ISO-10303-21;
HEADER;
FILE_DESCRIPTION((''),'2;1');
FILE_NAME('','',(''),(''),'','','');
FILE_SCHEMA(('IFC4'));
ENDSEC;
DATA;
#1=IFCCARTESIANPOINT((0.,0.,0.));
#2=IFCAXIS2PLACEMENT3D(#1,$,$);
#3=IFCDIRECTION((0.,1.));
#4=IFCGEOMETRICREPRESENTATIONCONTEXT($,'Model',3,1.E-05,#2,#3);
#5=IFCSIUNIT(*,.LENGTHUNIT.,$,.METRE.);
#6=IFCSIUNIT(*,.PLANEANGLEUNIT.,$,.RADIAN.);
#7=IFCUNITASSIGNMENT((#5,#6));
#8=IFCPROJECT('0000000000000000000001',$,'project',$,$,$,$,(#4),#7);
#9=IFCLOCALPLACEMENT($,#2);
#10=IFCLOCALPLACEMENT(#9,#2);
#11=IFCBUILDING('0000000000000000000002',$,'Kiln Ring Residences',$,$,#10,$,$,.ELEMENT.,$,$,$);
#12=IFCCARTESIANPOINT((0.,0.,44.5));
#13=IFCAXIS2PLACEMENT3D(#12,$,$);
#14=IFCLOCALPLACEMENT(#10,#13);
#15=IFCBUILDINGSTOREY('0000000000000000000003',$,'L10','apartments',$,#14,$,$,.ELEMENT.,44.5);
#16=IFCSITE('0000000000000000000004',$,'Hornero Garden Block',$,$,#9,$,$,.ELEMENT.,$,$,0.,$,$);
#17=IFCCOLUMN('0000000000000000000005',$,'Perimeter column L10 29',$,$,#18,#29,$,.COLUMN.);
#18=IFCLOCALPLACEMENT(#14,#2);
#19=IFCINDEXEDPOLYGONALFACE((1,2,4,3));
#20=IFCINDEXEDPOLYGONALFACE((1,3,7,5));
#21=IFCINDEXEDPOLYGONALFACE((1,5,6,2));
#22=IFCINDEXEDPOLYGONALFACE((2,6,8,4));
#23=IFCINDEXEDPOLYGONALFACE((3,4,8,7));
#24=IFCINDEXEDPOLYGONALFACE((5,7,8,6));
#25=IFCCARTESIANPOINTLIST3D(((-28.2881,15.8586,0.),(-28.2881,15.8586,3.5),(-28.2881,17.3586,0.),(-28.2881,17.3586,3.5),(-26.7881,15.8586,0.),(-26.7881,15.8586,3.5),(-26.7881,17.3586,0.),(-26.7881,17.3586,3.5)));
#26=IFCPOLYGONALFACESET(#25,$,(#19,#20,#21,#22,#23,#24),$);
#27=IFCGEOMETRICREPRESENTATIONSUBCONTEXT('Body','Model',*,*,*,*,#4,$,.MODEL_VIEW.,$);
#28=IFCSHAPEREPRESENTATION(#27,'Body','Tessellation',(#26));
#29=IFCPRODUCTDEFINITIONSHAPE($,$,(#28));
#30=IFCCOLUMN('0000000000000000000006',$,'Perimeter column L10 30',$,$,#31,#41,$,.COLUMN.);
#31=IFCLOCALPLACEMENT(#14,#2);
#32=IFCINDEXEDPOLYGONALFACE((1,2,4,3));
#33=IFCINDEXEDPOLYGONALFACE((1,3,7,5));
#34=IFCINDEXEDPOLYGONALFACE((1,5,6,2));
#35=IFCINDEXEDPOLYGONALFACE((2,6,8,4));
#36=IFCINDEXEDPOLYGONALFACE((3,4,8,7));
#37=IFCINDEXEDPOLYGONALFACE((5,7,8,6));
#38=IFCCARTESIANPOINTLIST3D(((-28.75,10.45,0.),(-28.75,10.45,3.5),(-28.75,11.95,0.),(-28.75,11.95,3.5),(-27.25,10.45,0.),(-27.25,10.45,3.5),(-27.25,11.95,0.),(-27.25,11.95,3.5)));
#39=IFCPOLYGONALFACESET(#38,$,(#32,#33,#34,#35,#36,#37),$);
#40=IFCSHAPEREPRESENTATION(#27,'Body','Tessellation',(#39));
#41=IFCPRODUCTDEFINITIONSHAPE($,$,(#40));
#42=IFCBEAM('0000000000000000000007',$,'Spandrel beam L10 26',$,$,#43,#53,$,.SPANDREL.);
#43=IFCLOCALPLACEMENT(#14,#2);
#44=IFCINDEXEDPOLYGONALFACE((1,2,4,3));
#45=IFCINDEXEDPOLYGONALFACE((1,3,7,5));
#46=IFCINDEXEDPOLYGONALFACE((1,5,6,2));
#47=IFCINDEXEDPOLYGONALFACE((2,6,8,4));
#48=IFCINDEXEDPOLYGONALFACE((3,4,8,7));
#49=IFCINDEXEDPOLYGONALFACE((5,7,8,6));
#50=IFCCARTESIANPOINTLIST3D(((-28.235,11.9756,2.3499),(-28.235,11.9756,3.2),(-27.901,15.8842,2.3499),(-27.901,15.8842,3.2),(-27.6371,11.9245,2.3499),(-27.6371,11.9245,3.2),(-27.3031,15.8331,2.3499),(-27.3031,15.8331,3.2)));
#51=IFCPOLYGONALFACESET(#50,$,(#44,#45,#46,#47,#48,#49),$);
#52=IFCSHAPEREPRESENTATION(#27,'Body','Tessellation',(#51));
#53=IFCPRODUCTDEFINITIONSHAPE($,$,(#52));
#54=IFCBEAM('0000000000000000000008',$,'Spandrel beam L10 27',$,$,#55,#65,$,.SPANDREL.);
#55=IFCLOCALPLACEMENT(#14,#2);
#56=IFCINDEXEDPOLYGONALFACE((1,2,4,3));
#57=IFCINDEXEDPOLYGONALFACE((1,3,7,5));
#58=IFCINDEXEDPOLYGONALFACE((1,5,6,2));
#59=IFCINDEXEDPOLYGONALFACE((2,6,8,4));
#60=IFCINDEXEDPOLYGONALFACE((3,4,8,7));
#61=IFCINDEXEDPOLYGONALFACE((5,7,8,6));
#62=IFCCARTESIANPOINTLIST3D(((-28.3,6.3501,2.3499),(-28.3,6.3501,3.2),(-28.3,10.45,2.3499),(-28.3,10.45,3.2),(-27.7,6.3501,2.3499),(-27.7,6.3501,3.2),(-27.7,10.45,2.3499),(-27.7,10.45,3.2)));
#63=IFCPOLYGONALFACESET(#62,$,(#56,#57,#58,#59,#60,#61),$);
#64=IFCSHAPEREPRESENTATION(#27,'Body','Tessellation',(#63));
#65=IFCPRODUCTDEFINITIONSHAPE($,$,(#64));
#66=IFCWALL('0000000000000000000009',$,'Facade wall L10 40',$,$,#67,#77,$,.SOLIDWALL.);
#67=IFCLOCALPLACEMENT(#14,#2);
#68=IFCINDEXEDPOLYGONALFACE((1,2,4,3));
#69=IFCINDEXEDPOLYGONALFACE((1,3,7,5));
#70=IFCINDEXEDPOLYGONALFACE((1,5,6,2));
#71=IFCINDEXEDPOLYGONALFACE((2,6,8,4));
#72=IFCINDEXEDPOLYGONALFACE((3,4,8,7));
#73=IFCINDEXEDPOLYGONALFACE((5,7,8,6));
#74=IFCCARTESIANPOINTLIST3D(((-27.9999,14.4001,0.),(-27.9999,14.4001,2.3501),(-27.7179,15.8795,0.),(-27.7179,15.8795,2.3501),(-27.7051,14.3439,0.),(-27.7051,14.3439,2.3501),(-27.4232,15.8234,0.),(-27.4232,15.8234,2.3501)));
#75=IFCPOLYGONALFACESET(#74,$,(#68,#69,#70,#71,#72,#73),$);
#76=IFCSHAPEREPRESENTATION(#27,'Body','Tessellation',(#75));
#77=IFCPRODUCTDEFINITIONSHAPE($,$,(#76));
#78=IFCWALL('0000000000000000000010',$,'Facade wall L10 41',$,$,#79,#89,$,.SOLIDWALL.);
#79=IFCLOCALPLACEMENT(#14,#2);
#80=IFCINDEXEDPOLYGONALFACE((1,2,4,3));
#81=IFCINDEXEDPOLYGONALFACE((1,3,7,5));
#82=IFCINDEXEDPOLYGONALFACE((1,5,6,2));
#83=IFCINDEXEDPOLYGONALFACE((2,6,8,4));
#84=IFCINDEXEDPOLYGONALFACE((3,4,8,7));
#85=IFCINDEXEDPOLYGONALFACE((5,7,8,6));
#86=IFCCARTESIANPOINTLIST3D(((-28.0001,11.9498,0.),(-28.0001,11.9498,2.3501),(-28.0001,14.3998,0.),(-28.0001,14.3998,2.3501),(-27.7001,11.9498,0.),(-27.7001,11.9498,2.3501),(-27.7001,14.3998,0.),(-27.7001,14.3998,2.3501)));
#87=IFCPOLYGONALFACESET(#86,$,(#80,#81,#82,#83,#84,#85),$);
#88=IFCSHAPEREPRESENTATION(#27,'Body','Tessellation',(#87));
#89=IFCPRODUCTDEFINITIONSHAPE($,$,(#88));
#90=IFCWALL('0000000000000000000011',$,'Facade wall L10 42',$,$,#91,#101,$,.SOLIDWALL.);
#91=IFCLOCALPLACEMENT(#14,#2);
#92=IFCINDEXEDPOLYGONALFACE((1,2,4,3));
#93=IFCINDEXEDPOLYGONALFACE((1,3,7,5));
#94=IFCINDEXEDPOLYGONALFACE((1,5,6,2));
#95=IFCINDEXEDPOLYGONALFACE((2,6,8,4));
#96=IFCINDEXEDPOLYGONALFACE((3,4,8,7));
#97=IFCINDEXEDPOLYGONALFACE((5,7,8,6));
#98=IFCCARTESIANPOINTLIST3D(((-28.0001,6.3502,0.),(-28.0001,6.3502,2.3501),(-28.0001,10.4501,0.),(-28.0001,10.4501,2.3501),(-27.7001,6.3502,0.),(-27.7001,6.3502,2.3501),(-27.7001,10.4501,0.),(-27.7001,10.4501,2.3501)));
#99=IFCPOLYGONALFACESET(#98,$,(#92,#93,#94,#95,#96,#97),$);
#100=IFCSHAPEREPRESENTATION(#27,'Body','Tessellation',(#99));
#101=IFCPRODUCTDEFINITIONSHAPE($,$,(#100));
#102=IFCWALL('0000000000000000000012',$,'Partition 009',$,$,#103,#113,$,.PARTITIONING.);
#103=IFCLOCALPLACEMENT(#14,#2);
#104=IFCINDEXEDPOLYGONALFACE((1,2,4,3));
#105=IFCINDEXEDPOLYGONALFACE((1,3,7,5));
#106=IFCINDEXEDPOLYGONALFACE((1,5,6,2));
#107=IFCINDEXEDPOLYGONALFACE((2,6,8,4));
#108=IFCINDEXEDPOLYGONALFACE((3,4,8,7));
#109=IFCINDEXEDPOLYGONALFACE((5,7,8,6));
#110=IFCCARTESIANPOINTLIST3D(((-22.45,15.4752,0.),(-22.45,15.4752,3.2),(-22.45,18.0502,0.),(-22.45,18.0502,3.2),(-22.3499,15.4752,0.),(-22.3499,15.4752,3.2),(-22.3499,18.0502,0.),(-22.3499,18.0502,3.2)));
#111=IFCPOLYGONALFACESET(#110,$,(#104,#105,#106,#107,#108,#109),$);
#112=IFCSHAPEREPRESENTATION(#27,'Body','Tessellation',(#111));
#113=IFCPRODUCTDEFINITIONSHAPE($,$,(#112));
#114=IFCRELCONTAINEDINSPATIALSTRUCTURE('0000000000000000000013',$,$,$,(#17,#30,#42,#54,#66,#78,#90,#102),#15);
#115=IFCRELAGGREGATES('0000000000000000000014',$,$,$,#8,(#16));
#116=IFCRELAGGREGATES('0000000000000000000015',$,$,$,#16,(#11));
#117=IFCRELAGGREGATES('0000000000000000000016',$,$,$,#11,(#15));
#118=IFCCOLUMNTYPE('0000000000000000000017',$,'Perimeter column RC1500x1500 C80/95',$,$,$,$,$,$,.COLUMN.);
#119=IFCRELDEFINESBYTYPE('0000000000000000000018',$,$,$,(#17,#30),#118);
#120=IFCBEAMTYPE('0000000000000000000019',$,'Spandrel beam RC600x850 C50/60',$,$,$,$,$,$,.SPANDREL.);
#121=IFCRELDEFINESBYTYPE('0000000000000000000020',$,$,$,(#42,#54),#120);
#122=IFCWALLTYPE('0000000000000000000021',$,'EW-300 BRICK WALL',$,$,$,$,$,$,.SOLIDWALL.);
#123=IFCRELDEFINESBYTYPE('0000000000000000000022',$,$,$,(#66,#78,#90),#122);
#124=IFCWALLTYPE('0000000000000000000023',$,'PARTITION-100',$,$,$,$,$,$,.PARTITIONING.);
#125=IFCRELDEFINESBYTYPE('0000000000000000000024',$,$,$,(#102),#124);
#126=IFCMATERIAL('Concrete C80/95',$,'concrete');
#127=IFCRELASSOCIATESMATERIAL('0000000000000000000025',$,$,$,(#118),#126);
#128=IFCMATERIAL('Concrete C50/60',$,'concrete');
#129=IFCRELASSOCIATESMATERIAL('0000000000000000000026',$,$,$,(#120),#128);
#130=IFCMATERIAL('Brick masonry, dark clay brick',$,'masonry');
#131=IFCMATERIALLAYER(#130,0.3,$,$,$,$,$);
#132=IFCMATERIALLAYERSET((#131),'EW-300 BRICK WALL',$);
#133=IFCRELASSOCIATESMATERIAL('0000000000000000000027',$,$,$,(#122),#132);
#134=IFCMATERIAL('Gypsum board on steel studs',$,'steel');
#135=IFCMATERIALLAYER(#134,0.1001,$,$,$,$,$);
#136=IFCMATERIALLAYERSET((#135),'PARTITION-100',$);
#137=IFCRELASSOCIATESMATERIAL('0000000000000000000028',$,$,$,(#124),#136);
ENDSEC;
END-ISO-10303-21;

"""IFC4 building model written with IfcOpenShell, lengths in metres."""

from ifc_helpers import new_model, si_unit, direction, frame, frame_2d, origin, origin_2d, place, context, subcontext, project, spatial, rectangle, extrude, material, layer, layer_set, material_profile, profile_set, type_object, element, save


model = new_model("IFC4")

# Units and contexts
model_context = context("Model", 3, precision=1e-05, world=origin(), true_north=direction((0.0, 1.0)))
body_context = subcontext(model_context, "Body", "Model", "MODEL_VIEW")
ifc_project = project(units=[si_unit("LENGTHUNIT", "METRE"), si_unit("PLANEANGLEUNIT", "RADIAN")], contexts=[model_context])

# Site, building, storey
site_placement = place(None, origin())
site = spatial("IfcSite", under=ifc_project, at=site_placement, Name="Hornero Garden Block", CompositionType="ELEMENT", RefElevation=0.0)
building_placement = place(site_placement, origin())
building = spatial("IfcBuilding", under=site, at=building_placement, Name="Kiln Ring Residences", CompositionType="ELEMENT")
storey_placement = place(building_placement, frame((0.0, 0.0, 44.5)))
storey = spatial("IfcBuildingStorey", under=building, at=storey_placement, Name="L10", Description="apartments", CompositionType="ELEMENT", Elevation=44.5)

# Columns
ifc_material_1 = material(Name="Concrete C80/95", Category="concrete")
ifc_material_profile_1 = material_profile(ifc_material_1, rectangle(XDim=1.5, YDim=1.5, at=origin_2d()), Name="RC1500x1500")
ifc_profile_set_1 = profile_set([ifc_material_profile_1], Name="Concrete C80/95")
column_type = type_object("IfcColumnType", Name="Perimeter column RC1500x1500 C80/95", PredefinedType="COLUMN", material=ifc_profile_set_1)
for number, where, z_axis, x_axis, name in (
    (1, (-27.5381, 16.6086, 0.0), (0.0, 0.0, 1.0), (1.0, 0.0, 0.0), "Perimeter column L10 29"),
    (2, (-28.0, 11.2, 0.0), (0.0, 0.0, 1.0), (1.0, 0.0, 0.0), "Perimeter column L10 30"),
):
    element("IfcColumn", number, at=place(storey_placement, frame(where, z_axis=z_axis, x_axis=x_axis)), inside=storey, type_object=column_type, Name=name, PredefinedType="COLUMN", context=body_context, shape_type="SweptSolid", body=[
        extrude(rectangle(XDim=1.5, YDim=1.5, at=origin_2d()), origin(), (0.0, 0.0, 1.0), 3.5),
    ])

# Beams
ifc_material_2 = material(Name="Concrete C50/60", Category="concrete")
ifc_material_profile_2 = material_profile(ifc_material_2, rectangle(XDim=0.6001, YDim=0.8501, at=origin_2d()), Name="RC600x850")
ifc_profile_set_2 = profile_set([ifc_material_profile_2], Name="Concrete C50/60")
beam_type = type_object("IfcBeamType", Name="Spandrel beam RC600x850 C50/60", PredefinedType="SPANDREL", material=ifc_profile_set_2)
beam_1_placement = place(storey_placement, frame((-27.6021, 15.8586, 2.7749), z_axis=(-0.085136, -0.996369, 0.0), x_axis=(0.996369, -0.085136, 0.0)))
element("IfcBeam", 3, at=beam_1_placement, inside=storey, type_object=beam_type, Name="Spandrel beam L10 26", PredefinedType="SPANDREL", context=body_context, shape_type="SweptSolid", body=[
    extrude(rectangle(XDim=0.6001, YDim=0.8501, at=origin_2d()), origin(), (0.0, 0.0, 1.0), 3.9229),
])
beam_2_placement = place(storey_placement, frame((-28.0, 10.45, 2.7749), z_axis=(0.0, -1.0, 0.0), x_axis=(1.0, 0.0, 0.0)))
element("IfcBeam", 4, at=beam_2_placement, inside=storey, type_object=beam_type, Name="Spandrel beam L10 27", PredefinedType="SPANDREL", context=body_context, shape_type="SweptSolid", body=[
    extrude(rectangle(XDim=0.6001, YDim=0.8501, at=origin_2d()), origin(), (0.0, 0.0, 1.0), 4.0999),
])

# Walls
ifc_material_3 = material(Name="Brick masonry, dark clay brick", Category="masonry")
ifc_layer_1 = layer(ifc_material_3, 0.3)
ifc_layer_set_1 = layer_set([ifc_layer_1], Name="EW-300 BRICK WALL")
wall_type_1 = type_object("IfcWallType", Name="EW-300 BRICK WALL", PredefinedType="SOLIDWALL", material=ifc_layer_set_1)
wall_1_placement = place(storey_placement, frame((-27.5706, 15.8513, 0.0), z_axis=(0.0, 0.0, 1.0), x_axis=(-0.187224, -0.982317, 0.0)))
element("IfcWall", 5, at=wall_1_placement, inside=storey, type_object=wall_type_1, Name="Facade wall L10 40", PredefinedType="SOLIDWALL", context=body_context, shape_type="SweptSolid", body=[
    extrude(rectangle(XDim=1.5061, YDim=0.3, at=frame_2d((0.7529, 0.0))), origin(), (0.0, 0.0, 1.0), 2.3501),
])
wall_2_placement = place(storey_placement, frame((-27.8501, 14.3999, 0.0), z_axis=(0.0, 0.0, 1.0), x_axis=(0.0, -1.0, 0.0)))
element("IfcWall", 6, at=wall_2_placement, inside=storey, type_object=wall_type_1, Name="Facade wall L10 41", PredefinedType="SOLIDWALL", context=body_context, shape_type="SweptSolid", body=[
    extrude(rectangle(XDim=2.45, YDim=0.3, at=frame_2d((1.2251, 0.0))), origin(), (0.0, 0.0, 1.0), 2.3501),
])
wall_3_placement = place(storey_placement, frame((-27.8501, 10.45, 0.0), z_axis=(0.0, 0.0, 1.0), x_axis=(0.0, -1.0, 0.0)))
element("IfcWall", 7, at=wall_3_placement, inside=storey, type_object=wall_type_1, Name="Facade wall L10 42", PredefinedType="SOLIDWALL", context=body_context, shape_type="SweptSolid", body=[
    extrude(rectangle(XDim=4.0999, YDim=0.3, at=frame_2d((2.0498, 0.0))), origin(), (0.0, 0.0, 1.0), 2.3501),
])
ifc_material_4 = material(Name="Gypsum board on steel studs", Category="steel")
ifc_layer_2 = layer(ifc_material_4, 0.1001)
ifc_layer_set_2 = layer_set([ifc_layer_2], Name="PARTITION-100")
wall_type_2 = type_object("IfcWallType", Name="PARTITION-100", PredefinedType="PARTITIONING", material=ifc_layer_set_2)
wall_4_placement = place(storey_placement, frame((-22.3999, 15.4751, 0.0), z_axis=(0.0, 0.0, 1.0), x_axis=(0.0, 1.0, 0.0)))
element("IfcWall", 8, at=wall_4_placement, inside=storey, type_object=wall_type_2, Name="Partition 009", PredefinedType="PARTITIONING", context=body_context, shape_type="SweptSolid", body=[
    extrude(rectangle(XDim=2.575, YDim=0.1001, at=frame_2d((1.2876, 0.0))), origin(), (0.0, 0.0, 1.0), 3.2),
])

save(model, "model.ifc")
